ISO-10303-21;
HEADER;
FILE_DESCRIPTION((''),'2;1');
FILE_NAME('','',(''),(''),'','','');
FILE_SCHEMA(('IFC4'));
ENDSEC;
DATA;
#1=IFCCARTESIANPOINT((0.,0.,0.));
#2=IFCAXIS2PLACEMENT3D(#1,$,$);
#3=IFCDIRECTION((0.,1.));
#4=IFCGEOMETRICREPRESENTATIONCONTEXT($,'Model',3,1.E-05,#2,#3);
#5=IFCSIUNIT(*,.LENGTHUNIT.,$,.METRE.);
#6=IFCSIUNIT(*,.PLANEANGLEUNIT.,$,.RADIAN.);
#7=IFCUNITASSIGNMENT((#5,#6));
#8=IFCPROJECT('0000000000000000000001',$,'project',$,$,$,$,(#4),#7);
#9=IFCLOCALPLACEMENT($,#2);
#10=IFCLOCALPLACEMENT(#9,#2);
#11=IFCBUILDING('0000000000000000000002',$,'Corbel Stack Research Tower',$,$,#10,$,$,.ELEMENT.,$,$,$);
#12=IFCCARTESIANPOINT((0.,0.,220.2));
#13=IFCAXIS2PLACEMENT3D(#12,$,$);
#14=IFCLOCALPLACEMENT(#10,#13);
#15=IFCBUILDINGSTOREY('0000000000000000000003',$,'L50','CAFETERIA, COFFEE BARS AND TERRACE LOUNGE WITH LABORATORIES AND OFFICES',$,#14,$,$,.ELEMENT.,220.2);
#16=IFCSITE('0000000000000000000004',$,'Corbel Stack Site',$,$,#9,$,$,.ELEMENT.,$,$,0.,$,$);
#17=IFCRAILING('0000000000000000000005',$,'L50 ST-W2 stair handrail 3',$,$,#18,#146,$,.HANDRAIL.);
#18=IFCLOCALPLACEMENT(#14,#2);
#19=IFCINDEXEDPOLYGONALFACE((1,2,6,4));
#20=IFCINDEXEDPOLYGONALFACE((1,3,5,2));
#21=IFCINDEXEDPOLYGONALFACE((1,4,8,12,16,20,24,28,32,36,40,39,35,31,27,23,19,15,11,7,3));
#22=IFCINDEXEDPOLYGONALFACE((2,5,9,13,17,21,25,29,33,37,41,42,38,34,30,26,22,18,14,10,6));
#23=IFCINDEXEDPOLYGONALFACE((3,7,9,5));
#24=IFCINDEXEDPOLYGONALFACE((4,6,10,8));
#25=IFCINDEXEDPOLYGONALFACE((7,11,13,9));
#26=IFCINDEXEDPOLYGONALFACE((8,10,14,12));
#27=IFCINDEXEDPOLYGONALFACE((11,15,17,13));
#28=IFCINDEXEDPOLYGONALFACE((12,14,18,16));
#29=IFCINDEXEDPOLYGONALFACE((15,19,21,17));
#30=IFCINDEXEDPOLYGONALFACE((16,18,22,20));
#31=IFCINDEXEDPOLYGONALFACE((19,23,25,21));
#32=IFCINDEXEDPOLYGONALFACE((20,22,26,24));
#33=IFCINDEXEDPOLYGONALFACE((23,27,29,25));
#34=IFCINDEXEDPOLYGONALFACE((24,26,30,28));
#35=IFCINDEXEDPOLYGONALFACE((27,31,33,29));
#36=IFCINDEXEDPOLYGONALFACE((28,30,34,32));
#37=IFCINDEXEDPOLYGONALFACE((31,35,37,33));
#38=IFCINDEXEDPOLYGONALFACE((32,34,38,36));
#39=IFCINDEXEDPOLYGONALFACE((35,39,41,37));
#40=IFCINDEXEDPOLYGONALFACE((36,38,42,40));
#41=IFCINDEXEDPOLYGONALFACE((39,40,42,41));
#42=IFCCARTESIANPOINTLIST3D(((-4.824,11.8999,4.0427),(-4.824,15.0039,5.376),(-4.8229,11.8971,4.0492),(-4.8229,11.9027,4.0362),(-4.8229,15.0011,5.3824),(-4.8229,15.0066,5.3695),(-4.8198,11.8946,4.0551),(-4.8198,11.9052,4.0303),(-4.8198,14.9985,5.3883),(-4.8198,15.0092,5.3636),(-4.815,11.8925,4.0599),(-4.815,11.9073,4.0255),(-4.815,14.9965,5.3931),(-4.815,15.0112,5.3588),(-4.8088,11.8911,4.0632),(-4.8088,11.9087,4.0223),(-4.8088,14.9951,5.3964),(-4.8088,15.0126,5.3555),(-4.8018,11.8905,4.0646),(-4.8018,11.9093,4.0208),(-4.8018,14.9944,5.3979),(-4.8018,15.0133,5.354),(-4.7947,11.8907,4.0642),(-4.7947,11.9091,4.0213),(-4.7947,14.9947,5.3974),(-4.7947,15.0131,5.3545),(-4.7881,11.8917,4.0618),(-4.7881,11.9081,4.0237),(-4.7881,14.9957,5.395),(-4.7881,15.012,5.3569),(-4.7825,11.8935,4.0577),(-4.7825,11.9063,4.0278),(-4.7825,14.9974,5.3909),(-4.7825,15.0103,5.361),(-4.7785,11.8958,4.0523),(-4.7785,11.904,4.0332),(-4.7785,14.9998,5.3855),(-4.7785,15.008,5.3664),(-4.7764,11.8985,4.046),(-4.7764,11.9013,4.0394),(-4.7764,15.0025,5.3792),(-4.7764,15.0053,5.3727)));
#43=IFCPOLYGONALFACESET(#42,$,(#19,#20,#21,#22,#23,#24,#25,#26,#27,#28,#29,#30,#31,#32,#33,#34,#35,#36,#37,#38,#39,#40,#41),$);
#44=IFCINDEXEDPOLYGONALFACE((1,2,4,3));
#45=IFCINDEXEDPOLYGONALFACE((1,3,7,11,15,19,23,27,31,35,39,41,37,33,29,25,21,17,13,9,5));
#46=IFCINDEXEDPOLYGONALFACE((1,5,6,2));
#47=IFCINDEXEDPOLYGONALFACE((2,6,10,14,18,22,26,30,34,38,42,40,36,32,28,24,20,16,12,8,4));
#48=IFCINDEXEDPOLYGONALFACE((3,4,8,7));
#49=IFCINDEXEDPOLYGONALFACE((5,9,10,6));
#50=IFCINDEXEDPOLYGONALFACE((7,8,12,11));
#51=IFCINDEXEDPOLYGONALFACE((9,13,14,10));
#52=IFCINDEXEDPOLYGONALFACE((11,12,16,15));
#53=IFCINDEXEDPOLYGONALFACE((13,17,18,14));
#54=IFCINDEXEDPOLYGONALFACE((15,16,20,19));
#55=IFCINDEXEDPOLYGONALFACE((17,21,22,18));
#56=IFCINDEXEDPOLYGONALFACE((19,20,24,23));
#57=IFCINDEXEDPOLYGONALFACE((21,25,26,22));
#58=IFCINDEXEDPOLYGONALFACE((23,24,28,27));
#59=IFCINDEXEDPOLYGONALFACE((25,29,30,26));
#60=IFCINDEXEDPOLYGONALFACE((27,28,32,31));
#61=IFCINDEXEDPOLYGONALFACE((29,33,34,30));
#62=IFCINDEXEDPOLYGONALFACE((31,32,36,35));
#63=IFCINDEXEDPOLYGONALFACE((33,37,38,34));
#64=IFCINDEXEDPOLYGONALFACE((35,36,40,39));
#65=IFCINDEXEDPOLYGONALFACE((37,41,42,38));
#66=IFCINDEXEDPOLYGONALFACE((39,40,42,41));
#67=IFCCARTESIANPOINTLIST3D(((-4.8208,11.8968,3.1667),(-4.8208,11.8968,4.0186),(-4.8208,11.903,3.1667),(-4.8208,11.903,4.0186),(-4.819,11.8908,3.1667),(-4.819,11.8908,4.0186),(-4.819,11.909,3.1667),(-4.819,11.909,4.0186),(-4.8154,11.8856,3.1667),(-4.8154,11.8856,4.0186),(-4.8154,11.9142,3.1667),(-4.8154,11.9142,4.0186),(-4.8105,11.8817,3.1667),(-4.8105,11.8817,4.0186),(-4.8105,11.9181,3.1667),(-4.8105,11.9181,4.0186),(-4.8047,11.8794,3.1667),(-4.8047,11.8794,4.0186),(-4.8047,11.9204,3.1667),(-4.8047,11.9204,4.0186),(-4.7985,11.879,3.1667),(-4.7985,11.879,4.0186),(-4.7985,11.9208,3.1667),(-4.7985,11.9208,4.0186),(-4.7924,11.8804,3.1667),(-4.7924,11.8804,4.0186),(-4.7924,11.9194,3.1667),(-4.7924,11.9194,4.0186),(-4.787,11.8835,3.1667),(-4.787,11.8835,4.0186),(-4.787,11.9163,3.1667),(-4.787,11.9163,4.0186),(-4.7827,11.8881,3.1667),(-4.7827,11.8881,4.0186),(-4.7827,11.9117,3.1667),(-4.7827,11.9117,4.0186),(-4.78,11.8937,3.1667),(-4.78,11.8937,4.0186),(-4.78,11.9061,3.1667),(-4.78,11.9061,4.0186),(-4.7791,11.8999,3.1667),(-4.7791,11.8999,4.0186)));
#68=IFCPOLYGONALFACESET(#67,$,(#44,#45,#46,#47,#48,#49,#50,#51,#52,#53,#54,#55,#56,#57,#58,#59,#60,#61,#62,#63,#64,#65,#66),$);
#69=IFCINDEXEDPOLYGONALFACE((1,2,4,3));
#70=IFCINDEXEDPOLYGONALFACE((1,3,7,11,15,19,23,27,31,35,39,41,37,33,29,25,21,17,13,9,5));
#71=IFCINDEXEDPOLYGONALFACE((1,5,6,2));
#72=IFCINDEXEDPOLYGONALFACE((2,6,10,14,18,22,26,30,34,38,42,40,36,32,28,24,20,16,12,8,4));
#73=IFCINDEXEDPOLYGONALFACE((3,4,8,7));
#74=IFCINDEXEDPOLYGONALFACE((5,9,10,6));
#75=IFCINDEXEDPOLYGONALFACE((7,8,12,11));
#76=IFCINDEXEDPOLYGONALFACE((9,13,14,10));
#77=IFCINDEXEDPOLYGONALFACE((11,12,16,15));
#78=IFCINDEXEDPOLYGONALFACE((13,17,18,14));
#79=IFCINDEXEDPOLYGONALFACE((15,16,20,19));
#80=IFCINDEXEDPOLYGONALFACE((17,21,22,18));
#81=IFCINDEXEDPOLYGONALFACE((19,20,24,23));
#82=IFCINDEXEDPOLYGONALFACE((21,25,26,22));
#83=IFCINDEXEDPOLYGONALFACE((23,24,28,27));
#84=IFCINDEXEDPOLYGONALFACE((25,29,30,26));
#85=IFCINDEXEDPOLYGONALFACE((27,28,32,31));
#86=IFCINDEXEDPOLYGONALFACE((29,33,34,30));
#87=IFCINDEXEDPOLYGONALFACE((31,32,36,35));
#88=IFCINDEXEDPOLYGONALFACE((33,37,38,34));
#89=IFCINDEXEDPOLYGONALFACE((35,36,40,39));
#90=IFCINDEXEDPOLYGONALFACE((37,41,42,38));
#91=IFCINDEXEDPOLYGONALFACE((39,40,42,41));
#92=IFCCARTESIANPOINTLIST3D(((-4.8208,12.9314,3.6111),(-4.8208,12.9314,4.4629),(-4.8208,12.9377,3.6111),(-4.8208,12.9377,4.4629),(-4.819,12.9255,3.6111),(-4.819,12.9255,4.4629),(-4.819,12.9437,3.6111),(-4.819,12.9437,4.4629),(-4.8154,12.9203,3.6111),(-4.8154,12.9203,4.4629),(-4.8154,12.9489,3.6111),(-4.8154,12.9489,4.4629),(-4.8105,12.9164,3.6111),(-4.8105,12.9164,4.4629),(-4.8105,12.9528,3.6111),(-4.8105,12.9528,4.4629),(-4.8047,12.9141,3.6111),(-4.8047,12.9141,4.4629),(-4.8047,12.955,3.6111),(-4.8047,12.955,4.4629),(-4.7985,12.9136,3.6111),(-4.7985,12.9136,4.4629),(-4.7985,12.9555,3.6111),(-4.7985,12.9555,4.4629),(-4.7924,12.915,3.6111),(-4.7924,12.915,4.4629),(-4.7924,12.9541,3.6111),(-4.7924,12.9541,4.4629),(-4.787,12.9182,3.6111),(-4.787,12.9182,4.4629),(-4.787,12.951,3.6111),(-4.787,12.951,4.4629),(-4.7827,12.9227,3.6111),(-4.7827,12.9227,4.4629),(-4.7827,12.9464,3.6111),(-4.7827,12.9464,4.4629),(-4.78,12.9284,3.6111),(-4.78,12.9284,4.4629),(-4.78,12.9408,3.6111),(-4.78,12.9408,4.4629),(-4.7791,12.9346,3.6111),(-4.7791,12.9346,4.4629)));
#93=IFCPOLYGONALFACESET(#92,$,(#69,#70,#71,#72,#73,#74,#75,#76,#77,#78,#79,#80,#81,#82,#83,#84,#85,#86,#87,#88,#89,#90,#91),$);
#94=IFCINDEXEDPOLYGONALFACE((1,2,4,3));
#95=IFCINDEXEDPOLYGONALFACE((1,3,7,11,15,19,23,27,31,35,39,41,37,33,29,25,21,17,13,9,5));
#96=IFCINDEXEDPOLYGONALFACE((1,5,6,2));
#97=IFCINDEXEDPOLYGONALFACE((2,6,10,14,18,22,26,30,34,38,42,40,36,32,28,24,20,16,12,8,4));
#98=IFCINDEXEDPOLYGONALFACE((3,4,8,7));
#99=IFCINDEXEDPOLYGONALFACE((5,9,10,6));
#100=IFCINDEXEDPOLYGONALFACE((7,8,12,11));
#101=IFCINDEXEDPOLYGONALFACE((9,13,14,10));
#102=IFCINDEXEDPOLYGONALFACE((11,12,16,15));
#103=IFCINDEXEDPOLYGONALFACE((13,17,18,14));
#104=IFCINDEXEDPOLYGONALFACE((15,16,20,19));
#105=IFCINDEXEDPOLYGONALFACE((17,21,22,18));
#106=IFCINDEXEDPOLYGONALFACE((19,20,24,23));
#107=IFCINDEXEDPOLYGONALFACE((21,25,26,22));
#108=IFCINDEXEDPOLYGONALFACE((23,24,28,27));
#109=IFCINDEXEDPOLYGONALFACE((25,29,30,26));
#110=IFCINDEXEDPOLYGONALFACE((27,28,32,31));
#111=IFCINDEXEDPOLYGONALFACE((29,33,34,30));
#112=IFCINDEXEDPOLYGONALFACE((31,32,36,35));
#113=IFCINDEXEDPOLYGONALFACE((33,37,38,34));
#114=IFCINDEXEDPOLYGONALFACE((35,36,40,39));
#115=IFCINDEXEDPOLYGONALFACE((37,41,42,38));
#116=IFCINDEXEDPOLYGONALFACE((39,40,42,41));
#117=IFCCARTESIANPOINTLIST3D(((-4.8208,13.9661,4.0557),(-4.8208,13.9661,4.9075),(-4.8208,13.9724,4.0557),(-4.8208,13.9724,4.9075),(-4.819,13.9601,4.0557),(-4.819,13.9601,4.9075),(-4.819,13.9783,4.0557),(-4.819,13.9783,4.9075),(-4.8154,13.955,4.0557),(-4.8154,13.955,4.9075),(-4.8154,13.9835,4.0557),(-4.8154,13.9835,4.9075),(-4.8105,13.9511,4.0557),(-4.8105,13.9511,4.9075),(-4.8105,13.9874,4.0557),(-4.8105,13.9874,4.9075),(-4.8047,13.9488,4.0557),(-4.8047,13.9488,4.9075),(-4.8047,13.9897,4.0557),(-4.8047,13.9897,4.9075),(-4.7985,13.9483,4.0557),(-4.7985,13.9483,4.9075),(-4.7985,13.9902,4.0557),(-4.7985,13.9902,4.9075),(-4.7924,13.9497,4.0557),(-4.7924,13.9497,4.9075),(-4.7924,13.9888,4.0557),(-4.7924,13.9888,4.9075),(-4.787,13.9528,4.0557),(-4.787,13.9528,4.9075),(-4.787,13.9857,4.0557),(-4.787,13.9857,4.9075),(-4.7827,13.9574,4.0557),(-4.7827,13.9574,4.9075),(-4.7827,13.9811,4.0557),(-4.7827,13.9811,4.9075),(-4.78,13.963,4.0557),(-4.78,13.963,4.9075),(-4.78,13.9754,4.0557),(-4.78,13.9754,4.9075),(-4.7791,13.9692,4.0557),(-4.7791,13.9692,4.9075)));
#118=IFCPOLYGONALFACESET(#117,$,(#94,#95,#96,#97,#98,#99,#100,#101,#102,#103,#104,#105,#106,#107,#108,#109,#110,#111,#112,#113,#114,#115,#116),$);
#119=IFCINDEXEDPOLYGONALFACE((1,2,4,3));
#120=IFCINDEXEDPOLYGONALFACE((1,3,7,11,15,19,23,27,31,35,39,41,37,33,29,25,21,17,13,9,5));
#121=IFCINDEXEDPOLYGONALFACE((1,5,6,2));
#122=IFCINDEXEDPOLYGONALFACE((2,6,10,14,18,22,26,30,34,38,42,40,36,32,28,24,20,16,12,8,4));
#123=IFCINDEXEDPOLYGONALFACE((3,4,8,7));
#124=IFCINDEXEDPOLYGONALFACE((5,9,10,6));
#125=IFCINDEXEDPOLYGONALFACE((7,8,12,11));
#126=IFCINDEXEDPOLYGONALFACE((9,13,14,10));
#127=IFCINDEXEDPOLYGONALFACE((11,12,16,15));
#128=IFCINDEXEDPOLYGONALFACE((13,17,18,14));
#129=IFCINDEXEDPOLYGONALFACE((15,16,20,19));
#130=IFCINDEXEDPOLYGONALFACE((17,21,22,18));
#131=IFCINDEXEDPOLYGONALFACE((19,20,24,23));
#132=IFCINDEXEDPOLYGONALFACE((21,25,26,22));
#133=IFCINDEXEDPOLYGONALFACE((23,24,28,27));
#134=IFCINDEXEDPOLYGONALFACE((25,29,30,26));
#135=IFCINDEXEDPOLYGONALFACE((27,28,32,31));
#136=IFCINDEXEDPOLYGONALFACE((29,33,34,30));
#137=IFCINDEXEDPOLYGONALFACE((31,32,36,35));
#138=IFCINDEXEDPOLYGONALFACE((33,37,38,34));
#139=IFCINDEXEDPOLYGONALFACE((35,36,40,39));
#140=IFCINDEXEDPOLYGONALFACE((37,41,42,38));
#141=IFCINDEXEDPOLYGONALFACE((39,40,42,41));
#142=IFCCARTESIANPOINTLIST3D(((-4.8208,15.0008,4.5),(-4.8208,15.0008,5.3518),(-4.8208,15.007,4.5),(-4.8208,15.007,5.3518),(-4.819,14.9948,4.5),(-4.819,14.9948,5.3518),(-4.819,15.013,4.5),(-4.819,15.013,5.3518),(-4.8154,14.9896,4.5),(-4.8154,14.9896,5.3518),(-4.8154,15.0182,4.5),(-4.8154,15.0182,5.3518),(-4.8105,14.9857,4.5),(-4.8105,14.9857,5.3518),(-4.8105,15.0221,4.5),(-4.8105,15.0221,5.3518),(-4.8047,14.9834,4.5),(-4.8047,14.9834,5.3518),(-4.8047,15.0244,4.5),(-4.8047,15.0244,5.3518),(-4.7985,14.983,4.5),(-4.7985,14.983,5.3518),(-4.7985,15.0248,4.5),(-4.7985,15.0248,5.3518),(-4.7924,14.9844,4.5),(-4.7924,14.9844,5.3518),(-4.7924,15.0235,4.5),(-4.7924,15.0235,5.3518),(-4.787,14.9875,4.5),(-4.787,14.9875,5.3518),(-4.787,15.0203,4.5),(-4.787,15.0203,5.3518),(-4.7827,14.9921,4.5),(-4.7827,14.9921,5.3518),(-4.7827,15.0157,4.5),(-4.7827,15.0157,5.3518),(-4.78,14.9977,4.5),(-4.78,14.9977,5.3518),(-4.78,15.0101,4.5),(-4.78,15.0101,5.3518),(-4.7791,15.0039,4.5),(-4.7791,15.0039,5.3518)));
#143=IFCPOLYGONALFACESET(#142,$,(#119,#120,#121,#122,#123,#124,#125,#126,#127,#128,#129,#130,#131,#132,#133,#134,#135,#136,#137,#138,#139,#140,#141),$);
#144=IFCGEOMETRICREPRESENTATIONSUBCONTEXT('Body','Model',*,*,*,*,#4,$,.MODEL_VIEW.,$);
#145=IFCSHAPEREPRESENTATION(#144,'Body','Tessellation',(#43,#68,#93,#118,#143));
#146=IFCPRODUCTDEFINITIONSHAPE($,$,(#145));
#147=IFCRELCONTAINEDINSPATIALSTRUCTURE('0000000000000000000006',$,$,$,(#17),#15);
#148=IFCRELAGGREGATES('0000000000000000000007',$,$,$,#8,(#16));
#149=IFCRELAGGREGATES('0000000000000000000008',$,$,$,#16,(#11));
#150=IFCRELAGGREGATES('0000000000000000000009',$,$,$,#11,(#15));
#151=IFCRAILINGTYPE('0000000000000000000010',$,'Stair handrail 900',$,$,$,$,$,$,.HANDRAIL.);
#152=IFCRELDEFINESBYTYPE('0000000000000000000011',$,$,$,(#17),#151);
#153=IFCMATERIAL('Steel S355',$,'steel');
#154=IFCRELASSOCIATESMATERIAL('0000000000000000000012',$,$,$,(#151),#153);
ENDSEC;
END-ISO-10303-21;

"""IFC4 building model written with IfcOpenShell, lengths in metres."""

from ifc_helpers import new_model, si_unit, direction, frame, origin, origin_2d, place, context, subcontext, project, spatial, circle, extrude, material, type_object, element, save


model = new_model("IFC4")

# Units and contexts
model_context = context("Model", 3, precision=1e-05, world=origin(), true_north=direction((0.0, 1.0)))
body_context = subcontext(model_context, "Body", "Model", "MODEL_VIEW")
ifc_project = project(units=[si_unit("LENGTHUNIT", "METRE"), si_unit("PLANEANGLEUNIT", "RADIAN")], contexts=[model_context])

# Site, building, storey
site_placement = place(None, origin())
site = spatial("IfcSite", under=ifc_project, at=site_placement, Name="Corbel Stack Site", CompositionType="ELEMENT", RefElevation=0.0)
building_placement = place(site_placement, origin())
building = spatial("IfcBuilding", under=site, at=building_placement, Name="Corbel Stack Research Tower", CompositionType="ELEMENT")
storey_placement = place(building_placement, frame((0.0, 0.0, 220.2)))
storey = spatial("IfcBuildingStorey", under=building, at=storey_placement, Name="L50", Description="CAFETERIA, COFFEE BARS AND TERRACE LOUNGE WITH LABORATORIES AND OFFICES", CompositionType="ELEMENT", Elevation=220.2)

# Railing
ifc_material_1 = material(Name="Steel S355", Category="steel")
railing_type_1 = type_object("IfcRailingType", Name="Stair handrail 900", PredefinedType="HANDRAIL", material=ifc_material_1)
for number, where, name in (
    (1, (-4.8, 11.8999, 3.1667), "L50 ST-W2 stair handrail 3"),
):
    element("IfcRailing", number, at=place(storey_placement, frame(where)), inside=storey, type_object=railing_type_1, Name=name, PredefinedType="HANDRAIL", context=body_context, shape_type="SweptSolid", body=[
        extrude(circle(Radius=0.0239, at=origin_2d()), frame((0.0, 0.0, 0.876), z_axis=(0.0, 0.918827, 0.394661), x_axis=(-1.0, 0.0, 0.0)), (0.0, 0.0, 1.0), 3.3782),
        extrude(circle(Radius=0.021, at=origin_2d()), origin(), (0.0, 0.0, 1.0), 0.8518),
        extrude(circle(Radius=0.021, at=origin_2d()), frame((0.0, 1.0347, 0.4443)), (0.0, 0.0, 1.0), 0.8518),
        extrude(circle(Radius=0.021, at=origin_2d()), frame((0.0, 2.0693, 0.8889)), (0.0, 0.0, 1.0), 0.8518),
        extrude(circle(Radius=0.021, at=origin_2d()), frame((0.0, 3.104, 1.3333)), (0.0, 0.0, 1.0), 0.8518),
    ])

save(model, "model.ifc")
